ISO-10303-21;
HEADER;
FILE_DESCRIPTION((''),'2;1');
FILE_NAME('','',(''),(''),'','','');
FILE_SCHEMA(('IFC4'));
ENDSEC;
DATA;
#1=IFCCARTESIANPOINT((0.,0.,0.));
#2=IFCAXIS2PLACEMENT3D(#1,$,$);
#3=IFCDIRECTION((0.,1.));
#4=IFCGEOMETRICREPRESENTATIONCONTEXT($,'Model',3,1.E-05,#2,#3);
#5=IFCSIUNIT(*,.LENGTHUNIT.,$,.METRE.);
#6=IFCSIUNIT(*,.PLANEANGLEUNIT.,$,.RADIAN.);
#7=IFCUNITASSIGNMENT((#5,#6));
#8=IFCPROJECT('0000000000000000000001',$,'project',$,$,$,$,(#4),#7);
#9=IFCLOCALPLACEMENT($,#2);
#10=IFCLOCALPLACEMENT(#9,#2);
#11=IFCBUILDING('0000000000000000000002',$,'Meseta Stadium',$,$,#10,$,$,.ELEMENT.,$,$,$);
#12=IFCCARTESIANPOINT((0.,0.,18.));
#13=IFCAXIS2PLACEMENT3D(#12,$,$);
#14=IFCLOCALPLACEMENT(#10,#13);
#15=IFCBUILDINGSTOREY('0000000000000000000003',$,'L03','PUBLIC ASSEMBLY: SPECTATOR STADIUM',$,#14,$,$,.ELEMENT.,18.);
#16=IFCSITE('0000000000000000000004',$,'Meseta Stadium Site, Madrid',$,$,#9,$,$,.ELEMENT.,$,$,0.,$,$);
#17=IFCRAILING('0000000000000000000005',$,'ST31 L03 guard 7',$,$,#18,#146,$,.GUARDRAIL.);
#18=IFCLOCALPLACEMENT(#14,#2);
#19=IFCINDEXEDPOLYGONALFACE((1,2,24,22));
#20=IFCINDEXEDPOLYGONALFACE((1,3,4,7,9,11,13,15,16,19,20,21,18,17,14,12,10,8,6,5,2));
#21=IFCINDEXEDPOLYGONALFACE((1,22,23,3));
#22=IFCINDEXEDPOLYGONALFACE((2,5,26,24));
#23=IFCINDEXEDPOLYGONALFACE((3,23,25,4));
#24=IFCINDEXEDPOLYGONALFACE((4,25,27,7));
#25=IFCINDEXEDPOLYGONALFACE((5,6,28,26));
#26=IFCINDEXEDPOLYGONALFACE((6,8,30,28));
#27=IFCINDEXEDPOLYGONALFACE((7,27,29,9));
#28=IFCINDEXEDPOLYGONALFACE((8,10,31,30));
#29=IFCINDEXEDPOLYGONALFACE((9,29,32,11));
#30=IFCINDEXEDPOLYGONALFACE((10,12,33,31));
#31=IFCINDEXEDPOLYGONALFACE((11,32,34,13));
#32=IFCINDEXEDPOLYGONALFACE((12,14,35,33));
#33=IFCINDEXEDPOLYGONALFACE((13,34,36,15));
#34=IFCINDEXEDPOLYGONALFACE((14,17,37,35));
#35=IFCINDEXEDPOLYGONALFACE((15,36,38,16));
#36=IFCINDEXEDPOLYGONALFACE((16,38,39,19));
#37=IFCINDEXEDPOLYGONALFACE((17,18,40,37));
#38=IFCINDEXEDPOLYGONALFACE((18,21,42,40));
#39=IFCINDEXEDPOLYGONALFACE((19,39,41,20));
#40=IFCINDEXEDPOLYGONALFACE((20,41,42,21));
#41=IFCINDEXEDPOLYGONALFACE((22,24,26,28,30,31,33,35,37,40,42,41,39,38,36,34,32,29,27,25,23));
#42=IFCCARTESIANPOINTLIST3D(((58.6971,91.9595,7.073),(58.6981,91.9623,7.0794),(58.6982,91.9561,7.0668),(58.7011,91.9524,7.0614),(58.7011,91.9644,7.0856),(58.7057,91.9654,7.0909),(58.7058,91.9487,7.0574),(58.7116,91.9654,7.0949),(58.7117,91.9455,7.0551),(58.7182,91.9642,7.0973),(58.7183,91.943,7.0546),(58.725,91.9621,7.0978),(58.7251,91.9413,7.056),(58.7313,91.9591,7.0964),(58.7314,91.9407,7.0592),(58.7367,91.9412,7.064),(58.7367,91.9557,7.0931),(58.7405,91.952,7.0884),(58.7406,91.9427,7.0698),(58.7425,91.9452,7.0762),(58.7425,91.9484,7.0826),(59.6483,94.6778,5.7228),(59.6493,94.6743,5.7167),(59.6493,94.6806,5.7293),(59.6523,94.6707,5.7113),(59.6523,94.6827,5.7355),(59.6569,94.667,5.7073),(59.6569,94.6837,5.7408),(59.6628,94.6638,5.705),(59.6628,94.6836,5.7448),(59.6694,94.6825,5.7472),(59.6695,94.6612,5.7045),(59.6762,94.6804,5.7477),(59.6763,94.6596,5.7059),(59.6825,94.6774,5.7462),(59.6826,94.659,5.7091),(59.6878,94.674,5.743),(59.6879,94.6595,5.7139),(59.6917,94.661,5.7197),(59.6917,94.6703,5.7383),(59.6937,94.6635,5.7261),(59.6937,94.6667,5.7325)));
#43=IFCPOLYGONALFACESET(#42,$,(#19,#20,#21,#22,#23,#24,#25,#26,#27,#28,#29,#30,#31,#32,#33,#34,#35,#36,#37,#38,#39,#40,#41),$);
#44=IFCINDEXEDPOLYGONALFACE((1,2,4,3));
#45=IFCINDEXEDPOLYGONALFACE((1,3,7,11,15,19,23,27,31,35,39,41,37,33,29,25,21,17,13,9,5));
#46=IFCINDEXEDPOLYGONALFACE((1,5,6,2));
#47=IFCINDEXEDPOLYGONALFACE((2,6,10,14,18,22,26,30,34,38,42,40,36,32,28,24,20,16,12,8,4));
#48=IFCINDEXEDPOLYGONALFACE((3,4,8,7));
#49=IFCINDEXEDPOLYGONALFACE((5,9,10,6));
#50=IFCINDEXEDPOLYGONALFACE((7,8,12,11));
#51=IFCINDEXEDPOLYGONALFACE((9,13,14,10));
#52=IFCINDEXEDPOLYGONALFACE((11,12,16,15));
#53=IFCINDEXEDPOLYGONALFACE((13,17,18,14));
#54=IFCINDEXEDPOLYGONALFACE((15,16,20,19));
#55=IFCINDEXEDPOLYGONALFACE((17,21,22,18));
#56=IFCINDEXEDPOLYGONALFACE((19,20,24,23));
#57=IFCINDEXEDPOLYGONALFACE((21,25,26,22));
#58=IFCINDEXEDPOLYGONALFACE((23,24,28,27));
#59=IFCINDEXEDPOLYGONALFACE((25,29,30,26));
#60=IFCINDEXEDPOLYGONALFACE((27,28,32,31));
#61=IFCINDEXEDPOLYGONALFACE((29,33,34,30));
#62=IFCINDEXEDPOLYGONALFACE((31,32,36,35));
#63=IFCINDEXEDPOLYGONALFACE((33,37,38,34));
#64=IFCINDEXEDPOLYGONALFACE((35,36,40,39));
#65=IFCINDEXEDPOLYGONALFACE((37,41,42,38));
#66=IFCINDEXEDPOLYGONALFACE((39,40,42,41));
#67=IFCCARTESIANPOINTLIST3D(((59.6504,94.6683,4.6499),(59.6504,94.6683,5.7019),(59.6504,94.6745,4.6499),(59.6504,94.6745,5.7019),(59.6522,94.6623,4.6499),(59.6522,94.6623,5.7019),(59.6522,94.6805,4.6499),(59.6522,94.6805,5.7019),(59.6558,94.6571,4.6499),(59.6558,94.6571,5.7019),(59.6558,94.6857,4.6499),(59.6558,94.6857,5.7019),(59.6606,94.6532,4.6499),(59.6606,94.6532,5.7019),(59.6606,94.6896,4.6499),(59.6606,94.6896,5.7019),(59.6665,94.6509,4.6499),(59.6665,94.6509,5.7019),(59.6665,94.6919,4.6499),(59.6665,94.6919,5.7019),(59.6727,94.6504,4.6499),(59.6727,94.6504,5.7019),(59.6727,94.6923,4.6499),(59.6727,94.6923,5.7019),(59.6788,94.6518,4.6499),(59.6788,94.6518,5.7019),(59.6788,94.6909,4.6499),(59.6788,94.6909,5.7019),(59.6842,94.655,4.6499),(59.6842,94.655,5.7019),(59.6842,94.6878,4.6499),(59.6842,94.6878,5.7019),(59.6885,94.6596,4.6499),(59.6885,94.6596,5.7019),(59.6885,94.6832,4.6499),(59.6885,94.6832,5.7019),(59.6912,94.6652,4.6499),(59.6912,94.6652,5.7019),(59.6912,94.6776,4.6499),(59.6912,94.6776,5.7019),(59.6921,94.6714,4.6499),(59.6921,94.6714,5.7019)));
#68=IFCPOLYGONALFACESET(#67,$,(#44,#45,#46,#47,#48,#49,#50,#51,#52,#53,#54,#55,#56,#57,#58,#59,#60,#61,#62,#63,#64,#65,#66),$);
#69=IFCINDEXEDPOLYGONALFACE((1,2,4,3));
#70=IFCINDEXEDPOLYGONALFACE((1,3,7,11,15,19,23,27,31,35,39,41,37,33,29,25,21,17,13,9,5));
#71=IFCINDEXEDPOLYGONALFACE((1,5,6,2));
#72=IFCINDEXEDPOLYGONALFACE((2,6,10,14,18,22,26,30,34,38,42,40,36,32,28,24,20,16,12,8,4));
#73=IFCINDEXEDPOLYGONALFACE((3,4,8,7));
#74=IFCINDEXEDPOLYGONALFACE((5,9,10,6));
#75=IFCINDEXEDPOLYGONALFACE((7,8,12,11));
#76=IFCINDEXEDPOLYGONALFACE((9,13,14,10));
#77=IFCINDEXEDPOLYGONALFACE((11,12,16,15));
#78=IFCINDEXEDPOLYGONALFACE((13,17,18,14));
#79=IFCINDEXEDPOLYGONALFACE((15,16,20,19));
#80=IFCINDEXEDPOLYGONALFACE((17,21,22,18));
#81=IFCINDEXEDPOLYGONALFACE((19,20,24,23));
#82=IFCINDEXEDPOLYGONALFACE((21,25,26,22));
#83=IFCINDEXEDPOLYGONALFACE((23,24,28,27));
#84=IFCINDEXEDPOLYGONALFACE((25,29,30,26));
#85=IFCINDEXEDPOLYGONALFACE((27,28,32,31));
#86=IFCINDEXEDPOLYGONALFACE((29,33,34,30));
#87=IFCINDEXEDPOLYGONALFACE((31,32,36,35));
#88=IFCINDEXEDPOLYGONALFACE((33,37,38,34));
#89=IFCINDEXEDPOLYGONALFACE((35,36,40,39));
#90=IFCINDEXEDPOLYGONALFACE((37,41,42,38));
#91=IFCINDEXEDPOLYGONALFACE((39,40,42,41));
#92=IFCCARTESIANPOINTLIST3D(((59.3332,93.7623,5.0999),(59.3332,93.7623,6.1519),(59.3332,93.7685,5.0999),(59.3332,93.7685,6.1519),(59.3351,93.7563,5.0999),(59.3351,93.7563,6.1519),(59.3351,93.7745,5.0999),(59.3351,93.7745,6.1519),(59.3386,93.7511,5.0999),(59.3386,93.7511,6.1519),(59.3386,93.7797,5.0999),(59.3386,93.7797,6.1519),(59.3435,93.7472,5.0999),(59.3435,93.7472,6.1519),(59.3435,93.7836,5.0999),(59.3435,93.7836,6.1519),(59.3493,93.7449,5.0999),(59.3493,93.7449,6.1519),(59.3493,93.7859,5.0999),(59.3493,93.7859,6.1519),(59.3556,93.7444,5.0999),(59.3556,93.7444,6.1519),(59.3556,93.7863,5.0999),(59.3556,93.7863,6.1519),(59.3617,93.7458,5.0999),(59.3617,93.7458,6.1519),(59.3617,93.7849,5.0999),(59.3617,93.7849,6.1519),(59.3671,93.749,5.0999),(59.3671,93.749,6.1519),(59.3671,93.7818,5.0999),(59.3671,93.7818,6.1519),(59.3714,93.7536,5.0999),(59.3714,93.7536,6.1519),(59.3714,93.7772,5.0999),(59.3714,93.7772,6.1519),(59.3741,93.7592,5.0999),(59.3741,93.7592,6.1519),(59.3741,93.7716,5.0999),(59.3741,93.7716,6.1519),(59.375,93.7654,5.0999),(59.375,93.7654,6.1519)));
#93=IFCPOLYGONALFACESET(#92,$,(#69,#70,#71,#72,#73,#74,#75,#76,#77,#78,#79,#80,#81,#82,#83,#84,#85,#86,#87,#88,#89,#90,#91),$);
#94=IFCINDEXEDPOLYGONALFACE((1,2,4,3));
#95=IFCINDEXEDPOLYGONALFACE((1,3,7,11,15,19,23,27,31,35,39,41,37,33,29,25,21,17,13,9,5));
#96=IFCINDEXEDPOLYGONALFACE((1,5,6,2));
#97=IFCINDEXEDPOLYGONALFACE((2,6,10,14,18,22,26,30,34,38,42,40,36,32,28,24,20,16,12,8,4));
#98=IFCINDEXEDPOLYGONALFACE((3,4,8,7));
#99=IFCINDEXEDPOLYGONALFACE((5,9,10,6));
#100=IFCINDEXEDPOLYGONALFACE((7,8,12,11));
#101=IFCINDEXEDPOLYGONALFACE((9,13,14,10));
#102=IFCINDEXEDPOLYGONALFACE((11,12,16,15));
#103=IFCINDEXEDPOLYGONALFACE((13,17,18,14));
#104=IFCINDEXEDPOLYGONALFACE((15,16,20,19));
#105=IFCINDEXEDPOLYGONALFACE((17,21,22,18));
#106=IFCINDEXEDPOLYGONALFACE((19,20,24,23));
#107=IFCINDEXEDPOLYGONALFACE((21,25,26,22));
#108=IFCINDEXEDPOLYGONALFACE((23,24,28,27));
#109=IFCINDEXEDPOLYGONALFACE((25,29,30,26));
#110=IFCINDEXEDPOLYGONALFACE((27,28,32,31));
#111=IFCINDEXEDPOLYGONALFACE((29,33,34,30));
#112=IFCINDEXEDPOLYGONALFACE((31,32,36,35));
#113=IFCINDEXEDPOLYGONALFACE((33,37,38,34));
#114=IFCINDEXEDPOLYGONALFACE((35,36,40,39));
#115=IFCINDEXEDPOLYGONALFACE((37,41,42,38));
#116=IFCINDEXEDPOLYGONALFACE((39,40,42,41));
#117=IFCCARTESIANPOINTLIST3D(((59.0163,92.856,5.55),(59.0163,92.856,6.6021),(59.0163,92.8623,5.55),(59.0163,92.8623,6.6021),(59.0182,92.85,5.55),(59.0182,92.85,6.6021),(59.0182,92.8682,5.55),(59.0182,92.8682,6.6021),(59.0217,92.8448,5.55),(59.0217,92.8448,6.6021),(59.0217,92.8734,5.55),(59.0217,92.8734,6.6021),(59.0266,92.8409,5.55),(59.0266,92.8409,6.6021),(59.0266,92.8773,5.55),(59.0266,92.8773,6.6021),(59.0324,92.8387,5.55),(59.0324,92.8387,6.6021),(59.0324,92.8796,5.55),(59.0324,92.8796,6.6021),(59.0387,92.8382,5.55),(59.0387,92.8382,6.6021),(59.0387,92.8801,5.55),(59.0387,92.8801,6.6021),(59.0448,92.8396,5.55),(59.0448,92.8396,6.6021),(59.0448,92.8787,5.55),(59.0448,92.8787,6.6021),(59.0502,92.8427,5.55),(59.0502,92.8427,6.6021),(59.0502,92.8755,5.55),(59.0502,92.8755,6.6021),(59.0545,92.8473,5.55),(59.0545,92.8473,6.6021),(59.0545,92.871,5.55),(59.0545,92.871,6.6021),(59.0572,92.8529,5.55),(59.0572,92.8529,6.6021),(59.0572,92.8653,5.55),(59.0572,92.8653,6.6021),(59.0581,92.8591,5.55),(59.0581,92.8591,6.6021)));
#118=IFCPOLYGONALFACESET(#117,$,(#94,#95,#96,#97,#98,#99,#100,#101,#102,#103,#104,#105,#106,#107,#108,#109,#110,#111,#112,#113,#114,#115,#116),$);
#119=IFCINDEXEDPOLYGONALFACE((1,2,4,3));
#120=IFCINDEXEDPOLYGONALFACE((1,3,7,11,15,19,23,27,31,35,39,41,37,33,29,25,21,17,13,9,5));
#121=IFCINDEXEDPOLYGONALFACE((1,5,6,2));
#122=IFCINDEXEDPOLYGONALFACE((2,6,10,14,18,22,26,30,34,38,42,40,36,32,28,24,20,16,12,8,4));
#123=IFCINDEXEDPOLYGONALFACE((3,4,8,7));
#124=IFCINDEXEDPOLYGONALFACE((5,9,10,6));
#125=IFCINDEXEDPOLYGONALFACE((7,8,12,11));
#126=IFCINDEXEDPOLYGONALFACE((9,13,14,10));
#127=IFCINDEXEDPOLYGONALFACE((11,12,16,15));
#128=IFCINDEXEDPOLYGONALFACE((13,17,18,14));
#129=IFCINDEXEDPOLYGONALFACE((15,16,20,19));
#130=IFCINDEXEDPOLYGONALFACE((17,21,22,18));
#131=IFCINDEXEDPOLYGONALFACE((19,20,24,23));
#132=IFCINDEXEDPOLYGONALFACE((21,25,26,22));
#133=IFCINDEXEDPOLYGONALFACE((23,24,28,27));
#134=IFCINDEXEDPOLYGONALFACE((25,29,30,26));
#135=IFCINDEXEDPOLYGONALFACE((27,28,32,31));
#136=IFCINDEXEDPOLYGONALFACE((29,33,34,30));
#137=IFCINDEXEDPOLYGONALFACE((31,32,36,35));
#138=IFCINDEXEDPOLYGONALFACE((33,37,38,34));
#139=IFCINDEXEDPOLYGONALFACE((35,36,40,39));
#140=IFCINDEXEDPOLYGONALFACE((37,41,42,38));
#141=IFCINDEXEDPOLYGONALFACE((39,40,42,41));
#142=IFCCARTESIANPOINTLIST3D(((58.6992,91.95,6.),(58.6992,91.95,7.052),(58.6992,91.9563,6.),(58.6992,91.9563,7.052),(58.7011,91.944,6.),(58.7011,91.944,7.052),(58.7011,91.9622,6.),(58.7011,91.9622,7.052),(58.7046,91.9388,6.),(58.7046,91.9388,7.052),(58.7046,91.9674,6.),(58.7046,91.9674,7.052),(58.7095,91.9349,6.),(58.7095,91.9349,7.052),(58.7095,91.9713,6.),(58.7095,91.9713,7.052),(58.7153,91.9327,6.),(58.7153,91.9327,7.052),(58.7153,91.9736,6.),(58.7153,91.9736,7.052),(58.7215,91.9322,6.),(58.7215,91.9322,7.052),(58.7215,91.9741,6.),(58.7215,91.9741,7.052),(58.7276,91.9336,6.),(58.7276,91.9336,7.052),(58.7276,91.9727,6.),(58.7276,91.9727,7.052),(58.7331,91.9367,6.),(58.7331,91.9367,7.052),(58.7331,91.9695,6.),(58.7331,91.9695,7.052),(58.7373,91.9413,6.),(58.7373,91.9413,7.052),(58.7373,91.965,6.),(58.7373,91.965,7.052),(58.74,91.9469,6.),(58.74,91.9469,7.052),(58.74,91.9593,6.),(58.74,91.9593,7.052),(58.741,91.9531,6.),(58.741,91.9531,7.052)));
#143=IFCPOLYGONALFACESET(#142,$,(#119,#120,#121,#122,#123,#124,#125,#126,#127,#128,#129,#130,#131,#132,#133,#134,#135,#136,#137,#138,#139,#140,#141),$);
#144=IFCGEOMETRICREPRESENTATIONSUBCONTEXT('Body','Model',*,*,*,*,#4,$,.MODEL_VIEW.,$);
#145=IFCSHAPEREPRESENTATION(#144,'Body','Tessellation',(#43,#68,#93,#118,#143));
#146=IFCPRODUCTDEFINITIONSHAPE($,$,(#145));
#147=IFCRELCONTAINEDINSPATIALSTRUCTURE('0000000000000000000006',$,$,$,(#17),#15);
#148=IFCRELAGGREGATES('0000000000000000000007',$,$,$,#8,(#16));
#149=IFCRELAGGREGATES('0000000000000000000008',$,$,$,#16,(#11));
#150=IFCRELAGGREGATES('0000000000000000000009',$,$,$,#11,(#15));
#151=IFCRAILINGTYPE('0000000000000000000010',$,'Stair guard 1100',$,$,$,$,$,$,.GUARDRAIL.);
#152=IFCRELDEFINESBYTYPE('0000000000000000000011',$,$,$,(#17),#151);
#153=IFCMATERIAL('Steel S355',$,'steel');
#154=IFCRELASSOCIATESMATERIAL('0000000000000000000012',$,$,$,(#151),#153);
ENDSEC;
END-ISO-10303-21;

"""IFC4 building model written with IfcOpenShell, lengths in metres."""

from ifc_helpers import new_model, si_unit, direction, frame, origin, origin_2d, place, context, subcontext, project, spatial, circle, extrude, material, type_object, element, save


model = new_model("IFC4")

# Units and contexts
model_context = context("Model", 3, precision=1e-05, world=origin(), true_north=direction((0.0, 1.0)))
body_context = subcontext(model_context, "Body", "Model", "MODEL_VIEW")
ifc_project = project(units=[si_unit("LENGTHUNIT", "METRE"), si_unit("PLANEANGLEUNIT", "RADIAN")], contexts=[model_context])

# Site, building, storey
site_placement = place(None, origin())
site = spatial("IfcSite", under=ifc_project, at=site_placement, Name="Meseta Stadium Site, Madrid", CompositionType="ELEMENT", RefElevation=0.0)
building_placement = place(site_placement, origin())
building = spatial("IfcBuilding", under=site, at=building_placement, Name="Meseta Stadium", CompositionType="ELEMENT")
storey_placement = place(building_placement, frame((0.0, 0.0, 18.0)))
storey = spatial("IfcBuildingStorey", under=building, at=storey_placement, Name="L03", Description="PUBLIC ASSEMBLY: SPECTATOR STADIUM", CompositionType="ELEMENT", Elevation=18.0)

# Railing
ifc_material_1 = material(Name="Steel S355", Category="steel")
railing_type_1 = type_object("IfcRailingType", Name="Stair guard 1100", PredefinedType="GUARDRAIL", material=ifc_material_1)
railing_1_placement = place(storey_placement, frame((59.6711, 94.6714, 4.6499)))
element("IfcRailing", 1, at=railing_1_placement, inside=storey, type_object=railing_type_1, Name="ST31 L03 guard 7", PredefinedType="GUARDRAIL", context=body_context, shape_type="SweptSolid", body=[
    extrude(circle(Radius=0.0239, at=origin_2d()), frame((0.0, 0.0, 1.0762), z_axis=(-0.299051, -0.854629, 0.424474), x_axis=(0.943882, -0.330282, 0.0)), (0.0, 0.0, 1.0), 3.1807),
    extrude(circle(Radius=0.021, at=origin_2d()), origin(), (0.0, 0.0, 1.0), 1.052),
    extrude(circle(Radius=0.021, at=origin_2d()), frame((-0.3171, -0.906, 0.45)), (0.0, 0.0, 1.0), 1.052),
    extrude(circle(Radius=0.021, at=origin_2d()), frame((-0.634, -1.8123, 0.9001)), (0.0, 0.0, 1.0), 1.052),
    extrude(circle(Radius=0.021, at=origin_2d()), frame((-0.9512, -2.7183, 1.3501)), (0.0, 0.0, 1.0), 1.052),
])

save(model, "model.ifc")
